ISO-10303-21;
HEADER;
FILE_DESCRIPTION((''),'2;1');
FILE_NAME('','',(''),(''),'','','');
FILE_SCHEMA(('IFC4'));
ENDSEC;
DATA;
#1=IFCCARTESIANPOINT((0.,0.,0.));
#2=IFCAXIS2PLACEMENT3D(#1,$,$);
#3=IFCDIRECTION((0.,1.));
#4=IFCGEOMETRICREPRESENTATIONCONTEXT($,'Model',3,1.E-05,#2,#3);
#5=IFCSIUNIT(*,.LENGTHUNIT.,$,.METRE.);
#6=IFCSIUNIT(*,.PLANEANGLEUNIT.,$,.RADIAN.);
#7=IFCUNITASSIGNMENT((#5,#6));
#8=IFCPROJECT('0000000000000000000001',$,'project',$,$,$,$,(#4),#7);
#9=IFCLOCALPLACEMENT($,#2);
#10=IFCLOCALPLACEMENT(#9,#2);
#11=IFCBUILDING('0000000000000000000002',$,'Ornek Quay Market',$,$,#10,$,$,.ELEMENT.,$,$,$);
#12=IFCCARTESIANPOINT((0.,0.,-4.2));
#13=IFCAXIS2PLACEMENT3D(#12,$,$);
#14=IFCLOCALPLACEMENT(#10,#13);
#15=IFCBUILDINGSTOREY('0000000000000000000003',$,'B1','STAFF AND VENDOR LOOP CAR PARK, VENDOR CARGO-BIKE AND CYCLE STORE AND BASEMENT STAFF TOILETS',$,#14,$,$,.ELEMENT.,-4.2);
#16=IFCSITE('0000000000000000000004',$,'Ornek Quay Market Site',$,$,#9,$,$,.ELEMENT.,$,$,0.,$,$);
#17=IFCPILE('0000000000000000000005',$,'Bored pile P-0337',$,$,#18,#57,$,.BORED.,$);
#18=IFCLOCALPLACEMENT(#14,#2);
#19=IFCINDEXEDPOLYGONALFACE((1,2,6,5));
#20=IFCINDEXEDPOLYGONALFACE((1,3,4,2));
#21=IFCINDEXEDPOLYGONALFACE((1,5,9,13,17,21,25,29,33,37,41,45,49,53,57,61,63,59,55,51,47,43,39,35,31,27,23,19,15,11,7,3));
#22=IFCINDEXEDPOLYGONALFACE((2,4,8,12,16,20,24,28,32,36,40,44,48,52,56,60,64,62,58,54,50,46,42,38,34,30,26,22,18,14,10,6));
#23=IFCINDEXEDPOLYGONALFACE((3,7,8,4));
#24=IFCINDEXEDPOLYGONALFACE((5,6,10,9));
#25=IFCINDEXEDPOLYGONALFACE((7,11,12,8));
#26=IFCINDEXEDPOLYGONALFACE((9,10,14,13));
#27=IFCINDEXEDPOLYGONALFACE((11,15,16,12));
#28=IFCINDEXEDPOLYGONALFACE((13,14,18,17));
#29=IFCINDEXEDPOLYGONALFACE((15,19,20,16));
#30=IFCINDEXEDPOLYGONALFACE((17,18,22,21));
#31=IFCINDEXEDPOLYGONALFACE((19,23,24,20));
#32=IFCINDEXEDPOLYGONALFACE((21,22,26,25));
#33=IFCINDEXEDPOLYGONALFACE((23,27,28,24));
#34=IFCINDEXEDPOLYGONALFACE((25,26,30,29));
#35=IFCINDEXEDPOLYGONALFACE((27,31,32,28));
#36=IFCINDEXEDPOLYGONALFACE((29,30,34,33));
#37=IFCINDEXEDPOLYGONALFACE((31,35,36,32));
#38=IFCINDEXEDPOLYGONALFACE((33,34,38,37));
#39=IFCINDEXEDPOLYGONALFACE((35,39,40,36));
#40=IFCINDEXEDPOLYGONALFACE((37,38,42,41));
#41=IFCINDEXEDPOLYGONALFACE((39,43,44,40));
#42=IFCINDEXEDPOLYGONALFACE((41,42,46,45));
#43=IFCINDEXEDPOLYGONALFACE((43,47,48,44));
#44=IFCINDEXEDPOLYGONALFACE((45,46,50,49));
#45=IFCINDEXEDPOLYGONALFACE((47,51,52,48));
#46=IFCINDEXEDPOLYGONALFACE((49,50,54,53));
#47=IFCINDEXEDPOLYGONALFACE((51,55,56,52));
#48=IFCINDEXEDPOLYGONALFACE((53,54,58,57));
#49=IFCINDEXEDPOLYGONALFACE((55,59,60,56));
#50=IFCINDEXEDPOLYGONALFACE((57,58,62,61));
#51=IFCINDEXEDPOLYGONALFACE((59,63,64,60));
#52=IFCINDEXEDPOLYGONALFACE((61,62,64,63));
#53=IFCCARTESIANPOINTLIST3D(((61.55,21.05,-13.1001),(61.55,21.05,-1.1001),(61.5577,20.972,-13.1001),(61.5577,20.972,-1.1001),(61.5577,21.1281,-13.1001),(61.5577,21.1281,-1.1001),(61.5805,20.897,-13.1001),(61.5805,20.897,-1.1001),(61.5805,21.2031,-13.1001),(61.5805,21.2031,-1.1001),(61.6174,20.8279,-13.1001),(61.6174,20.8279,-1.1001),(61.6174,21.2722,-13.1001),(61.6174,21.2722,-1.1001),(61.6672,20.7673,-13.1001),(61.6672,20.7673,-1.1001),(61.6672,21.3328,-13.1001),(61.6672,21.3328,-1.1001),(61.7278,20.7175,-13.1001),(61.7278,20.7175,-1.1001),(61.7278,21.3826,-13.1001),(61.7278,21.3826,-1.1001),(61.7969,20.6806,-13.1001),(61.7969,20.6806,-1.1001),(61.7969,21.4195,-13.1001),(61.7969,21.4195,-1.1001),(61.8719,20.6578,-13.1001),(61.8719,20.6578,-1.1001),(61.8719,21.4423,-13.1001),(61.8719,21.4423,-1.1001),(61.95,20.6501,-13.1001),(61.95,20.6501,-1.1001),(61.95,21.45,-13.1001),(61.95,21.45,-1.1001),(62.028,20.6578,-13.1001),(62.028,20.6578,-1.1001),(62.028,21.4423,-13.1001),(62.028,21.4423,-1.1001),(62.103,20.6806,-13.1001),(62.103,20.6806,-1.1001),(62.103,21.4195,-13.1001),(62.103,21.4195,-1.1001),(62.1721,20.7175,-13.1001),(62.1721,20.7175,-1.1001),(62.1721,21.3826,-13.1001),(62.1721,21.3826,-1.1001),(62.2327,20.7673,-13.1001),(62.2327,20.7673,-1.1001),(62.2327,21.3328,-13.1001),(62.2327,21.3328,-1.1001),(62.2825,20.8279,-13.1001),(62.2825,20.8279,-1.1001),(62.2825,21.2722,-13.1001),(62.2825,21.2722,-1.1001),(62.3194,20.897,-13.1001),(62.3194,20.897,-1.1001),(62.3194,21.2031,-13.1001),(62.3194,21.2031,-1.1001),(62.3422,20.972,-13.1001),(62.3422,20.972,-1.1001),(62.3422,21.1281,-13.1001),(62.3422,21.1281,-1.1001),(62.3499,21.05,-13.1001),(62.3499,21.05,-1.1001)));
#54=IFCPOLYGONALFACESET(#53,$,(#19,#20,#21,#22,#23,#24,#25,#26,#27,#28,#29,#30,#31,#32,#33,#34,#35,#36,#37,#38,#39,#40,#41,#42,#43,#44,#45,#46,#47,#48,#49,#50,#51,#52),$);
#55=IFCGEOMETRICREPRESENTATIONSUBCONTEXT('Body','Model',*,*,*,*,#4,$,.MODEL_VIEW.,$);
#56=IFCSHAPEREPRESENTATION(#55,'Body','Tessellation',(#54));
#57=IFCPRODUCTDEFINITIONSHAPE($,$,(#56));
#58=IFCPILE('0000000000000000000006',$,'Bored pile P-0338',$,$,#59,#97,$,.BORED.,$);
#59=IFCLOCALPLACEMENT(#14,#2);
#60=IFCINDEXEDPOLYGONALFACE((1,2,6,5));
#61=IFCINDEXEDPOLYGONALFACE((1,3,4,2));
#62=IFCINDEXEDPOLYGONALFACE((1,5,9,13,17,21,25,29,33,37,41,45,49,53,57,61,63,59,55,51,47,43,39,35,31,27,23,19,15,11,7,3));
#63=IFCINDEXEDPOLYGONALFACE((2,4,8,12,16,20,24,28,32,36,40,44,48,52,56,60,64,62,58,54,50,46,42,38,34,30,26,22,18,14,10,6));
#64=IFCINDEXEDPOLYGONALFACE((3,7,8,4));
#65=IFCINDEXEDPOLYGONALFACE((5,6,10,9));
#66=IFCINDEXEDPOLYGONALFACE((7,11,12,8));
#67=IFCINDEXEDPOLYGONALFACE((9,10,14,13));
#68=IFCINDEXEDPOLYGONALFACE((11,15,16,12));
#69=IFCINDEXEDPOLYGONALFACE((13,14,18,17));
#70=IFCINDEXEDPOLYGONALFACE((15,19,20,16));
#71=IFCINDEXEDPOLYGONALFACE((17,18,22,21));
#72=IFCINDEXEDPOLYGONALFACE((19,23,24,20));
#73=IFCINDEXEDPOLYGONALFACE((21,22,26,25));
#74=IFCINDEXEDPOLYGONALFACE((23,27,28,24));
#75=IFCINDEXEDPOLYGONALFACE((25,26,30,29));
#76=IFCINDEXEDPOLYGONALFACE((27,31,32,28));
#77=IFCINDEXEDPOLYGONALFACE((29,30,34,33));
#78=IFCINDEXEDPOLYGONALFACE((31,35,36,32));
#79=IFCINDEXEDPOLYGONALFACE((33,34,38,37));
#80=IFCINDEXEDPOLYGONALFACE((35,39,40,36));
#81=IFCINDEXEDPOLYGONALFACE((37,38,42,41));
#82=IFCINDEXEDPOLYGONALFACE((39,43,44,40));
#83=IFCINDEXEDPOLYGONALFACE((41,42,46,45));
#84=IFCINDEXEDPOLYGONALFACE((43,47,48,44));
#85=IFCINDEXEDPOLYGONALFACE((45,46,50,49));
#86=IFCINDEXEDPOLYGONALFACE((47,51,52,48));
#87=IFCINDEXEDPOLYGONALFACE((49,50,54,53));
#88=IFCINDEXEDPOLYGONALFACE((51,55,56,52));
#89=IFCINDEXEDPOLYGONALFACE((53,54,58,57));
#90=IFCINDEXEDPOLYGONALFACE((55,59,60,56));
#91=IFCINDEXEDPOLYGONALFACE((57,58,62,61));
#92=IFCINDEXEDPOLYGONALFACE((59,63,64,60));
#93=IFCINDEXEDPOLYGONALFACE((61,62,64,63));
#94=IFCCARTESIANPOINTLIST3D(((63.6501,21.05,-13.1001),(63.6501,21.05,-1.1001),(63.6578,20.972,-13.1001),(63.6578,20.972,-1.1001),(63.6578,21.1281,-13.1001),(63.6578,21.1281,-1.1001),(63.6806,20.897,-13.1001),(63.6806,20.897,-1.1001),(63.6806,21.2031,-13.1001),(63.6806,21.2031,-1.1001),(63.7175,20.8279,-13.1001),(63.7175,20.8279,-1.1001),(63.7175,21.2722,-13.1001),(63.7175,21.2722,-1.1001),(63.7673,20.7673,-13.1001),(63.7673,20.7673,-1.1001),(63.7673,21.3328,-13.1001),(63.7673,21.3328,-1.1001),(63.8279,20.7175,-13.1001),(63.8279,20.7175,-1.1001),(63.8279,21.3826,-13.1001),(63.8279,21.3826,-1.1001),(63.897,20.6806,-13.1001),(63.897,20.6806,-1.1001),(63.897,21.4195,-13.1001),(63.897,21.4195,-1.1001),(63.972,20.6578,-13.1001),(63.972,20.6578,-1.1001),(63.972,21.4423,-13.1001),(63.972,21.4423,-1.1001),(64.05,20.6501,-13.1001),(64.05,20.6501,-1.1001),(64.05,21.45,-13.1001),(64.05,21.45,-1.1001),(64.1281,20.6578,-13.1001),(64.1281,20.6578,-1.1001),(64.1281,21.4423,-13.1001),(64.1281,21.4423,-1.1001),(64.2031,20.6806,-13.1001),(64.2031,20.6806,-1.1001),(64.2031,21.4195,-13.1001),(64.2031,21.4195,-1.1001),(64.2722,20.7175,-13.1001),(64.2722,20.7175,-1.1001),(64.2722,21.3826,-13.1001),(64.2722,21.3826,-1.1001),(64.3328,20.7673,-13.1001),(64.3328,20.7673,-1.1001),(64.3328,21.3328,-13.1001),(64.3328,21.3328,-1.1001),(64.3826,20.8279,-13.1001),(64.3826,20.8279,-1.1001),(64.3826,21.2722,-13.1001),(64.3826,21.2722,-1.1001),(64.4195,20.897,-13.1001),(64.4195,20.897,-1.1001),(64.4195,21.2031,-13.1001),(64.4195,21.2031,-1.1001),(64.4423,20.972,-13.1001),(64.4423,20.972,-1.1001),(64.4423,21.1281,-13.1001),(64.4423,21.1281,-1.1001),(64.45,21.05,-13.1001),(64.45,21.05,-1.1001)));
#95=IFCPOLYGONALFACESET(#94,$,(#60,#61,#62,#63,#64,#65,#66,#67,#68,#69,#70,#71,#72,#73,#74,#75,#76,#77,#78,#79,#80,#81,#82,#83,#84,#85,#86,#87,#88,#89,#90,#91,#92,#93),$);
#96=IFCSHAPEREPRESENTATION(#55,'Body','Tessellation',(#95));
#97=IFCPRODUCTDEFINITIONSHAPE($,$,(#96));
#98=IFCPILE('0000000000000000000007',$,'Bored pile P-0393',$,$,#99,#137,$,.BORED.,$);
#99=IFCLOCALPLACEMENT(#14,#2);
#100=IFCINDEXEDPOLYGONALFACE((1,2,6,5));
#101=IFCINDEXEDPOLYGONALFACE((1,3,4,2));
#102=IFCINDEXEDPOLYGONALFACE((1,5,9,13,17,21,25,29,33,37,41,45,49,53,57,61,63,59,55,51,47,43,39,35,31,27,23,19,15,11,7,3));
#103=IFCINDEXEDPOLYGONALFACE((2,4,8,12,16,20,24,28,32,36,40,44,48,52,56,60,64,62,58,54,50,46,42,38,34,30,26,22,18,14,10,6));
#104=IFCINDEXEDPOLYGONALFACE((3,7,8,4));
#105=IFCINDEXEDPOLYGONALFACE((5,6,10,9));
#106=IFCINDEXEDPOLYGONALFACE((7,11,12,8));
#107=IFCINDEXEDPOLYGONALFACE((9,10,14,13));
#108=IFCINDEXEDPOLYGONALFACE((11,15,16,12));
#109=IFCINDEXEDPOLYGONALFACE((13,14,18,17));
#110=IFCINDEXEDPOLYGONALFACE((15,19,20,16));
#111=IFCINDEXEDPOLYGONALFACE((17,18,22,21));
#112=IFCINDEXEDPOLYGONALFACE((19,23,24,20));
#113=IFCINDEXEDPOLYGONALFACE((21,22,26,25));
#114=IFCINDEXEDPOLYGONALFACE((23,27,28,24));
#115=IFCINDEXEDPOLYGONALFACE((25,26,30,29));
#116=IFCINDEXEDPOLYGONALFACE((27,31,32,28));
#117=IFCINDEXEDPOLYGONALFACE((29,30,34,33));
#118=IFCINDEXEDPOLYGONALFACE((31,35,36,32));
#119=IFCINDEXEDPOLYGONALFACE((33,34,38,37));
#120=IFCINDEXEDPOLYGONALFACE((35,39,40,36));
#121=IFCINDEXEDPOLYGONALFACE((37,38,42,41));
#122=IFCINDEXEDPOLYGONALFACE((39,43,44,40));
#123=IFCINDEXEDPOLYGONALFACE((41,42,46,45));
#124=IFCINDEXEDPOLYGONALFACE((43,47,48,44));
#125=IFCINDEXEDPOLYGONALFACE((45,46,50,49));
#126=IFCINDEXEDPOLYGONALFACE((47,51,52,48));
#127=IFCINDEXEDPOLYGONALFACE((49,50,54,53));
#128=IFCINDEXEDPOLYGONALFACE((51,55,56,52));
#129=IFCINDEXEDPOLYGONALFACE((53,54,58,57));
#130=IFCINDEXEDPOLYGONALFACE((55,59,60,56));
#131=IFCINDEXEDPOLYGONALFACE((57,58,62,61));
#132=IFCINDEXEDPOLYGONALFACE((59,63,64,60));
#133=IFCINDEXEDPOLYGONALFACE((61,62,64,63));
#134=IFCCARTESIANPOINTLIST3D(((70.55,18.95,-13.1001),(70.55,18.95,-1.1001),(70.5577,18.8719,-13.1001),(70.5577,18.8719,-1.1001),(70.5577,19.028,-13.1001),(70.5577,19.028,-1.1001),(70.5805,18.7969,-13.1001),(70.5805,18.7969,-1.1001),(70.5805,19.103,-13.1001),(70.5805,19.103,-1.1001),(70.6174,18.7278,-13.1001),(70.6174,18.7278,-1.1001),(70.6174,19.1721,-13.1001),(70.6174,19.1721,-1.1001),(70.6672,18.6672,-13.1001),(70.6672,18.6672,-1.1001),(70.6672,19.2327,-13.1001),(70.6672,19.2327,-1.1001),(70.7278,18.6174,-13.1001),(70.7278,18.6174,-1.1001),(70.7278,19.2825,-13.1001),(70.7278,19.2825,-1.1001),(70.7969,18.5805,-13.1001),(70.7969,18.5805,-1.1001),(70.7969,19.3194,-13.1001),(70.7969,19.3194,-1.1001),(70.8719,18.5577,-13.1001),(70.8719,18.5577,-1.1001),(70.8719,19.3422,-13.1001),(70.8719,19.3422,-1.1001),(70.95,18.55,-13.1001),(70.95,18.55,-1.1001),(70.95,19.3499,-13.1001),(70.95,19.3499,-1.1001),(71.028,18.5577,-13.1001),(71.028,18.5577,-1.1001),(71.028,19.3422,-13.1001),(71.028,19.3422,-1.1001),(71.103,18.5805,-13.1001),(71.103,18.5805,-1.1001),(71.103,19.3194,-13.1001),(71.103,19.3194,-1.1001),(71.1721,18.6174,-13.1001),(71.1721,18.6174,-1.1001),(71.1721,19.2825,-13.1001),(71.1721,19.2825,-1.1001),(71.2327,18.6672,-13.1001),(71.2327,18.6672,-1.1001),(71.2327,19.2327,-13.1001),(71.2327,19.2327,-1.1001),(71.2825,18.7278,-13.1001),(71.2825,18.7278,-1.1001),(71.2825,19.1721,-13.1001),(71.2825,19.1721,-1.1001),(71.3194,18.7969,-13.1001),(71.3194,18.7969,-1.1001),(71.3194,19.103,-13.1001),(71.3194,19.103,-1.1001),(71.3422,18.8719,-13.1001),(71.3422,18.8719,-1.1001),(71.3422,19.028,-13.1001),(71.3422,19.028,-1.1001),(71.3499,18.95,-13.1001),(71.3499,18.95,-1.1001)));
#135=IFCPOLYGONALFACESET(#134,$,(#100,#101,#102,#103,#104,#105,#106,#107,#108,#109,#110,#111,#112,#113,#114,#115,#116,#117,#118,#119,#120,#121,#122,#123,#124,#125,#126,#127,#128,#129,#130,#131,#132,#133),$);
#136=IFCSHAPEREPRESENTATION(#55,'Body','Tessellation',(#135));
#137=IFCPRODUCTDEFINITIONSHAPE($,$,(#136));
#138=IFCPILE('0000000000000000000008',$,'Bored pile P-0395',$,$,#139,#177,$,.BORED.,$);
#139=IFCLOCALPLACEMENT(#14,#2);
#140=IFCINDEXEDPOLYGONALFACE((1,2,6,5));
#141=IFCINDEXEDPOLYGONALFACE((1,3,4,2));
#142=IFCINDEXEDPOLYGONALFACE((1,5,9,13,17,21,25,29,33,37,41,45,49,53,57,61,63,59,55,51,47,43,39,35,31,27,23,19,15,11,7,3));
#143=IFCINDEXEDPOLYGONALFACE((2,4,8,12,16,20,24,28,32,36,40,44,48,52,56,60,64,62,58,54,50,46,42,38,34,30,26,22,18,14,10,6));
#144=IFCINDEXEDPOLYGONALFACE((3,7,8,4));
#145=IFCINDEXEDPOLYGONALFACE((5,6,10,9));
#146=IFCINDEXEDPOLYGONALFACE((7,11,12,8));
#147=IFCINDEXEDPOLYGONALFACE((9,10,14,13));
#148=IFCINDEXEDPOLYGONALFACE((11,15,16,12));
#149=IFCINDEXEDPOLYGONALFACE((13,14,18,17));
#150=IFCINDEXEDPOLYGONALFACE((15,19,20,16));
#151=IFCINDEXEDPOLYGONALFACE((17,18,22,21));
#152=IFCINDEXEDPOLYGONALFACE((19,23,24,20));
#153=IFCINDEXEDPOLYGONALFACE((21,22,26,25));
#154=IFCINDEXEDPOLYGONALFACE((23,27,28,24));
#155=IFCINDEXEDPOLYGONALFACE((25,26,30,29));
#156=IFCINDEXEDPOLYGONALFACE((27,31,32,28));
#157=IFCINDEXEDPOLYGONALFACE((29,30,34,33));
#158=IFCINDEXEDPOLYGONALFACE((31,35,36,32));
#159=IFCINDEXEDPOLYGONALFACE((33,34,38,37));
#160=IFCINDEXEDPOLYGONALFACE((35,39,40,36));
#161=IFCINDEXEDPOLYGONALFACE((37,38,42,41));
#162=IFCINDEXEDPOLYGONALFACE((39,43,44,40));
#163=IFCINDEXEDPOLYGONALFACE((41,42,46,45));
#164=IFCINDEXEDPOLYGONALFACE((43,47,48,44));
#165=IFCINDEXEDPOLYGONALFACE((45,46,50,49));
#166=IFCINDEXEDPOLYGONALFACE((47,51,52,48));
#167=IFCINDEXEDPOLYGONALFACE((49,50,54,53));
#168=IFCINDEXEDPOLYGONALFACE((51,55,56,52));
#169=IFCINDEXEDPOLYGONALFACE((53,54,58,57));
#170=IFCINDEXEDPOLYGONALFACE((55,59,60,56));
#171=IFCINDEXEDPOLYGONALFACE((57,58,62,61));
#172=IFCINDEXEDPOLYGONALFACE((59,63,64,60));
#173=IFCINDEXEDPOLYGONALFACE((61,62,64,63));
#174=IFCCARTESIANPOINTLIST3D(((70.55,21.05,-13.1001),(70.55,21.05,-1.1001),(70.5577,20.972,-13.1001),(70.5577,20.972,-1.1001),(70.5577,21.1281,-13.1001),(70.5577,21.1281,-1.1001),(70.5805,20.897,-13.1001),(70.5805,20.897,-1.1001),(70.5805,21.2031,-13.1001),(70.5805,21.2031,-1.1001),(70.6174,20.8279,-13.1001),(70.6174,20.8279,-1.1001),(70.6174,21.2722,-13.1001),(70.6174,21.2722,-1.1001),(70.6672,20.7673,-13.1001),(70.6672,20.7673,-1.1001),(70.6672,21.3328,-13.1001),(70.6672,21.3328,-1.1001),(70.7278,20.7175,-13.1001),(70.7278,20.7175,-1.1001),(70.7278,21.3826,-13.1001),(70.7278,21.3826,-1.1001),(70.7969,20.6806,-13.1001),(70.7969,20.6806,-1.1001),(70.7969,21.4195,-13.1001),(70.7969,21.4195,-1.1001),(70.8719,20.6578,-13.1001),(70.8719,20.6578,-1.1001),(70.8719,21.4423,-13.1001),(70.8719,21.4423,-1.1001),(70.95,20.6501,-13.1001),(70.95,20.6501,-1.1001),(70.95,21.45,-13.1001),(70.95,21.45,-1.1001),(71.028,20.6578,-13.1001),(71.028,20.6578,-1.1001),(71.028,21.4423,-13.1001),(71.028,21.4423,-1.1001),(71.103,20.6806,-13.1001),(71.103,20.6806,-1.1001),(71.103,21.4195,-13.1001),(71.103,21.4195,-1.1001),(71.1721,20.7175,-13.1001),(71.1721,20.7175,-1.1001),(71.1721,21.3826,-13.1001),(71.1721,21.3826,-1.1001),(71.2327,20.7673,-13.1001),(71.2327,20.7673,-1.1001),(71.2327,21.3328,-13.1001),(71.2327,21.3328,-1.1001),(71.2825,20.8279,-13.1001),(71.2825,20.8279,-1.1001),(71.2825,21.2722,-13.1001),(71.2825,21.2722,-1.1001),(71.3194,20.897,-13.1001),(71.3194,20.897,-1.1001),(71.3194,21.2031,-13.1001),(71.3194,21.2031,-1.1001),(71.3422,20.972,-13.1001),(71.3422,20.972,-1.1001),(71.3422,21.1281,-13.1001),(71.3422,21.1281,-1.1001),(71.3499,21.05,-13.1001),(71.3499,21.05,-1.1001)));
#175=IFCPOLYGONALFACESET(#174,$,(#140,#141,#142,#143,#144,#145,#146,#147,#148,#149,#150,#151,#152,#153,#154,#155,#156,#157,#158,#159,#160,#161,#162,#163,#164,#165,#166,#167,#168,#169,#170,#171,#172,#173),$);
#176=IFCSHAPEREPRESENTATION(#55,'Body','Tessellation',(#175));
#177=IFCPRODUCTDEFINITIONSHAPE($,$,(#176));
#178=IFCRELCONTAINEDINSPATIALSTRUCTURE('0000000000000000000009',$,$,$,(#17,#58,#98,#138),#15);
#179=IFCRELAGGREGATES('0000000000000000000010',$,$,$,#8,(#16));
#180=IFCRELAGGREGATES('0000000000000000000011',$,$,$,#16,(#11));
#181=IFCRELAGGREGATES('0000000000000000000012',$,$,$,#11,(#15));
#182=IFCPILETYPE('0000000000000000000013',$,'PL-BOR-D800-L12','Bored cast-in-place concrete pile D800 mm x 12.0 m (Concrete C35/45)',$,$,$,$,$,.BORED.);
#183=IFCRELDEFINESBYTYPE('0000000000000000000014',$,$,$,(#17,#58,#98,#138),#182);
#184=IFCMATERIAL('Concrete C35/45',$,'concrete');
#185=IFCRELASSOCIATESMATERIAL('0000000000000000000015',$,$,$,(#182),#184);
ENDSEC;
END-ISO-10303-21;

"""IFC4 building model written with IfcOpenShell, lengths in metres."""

from ifc_helpers import new_model, si_unit, direction, frame, origin, origin_2d, place, context, subcontext, project, spatial, circle, extrude, material, material_profile, profile_set, type_object, element, save


model = new_model("IFC4")

# Units and contexts
model_context = context("Model", 3, precision=1e-05, world=origin(), true_north=direction((0.0, 1.0)))
body_context = subcontext(model_context, "Body", "Model", "MODEL_VIEW")
ifc_project = project(units=[si_unit("LENGTHUNIT", "METRE"), si_unit("PLANEANGLEUNIT", "RADIAN")], contexts=[model_context])

# Site, building, storey
site_placement = place(None, origin())
site = spatial("IfcSite", under=ifc_project, at=site_placement, Name="Ornek Quay Market Site", CompositionType="ELEMENT", RefElevation=0.0)
building_placement = place(site_placement, origin())
building = spatial("IfcBuilding", under=site, at=building_placement, Name="Ornek Quay Market", CompositionType="ELEMENT")
storey_placement = place(building_placement, frame((0.0, 0.0, -4.2)))
storey = spatial("IfcBuildingStorey", under=building, at=storey_placement, Name="B1", Description="STAFF AND VENDOR LOOP CAR PARK, VENDOR CARGO-BIKE AND CYCLE STORE AND BASEMENT STAFF TOILETS", CompositionType="ELEMENT", Elevation=-4.2)

# Piles
ifc_material_1 = material(Name="Concrete C35/45", Category="concrete")
ifc_material_profile_1 = material_profile(ifc_material_1, circle(Radius=0.3999, at=origin_2d()), Name="PILE D800", Category="concrete")
ifc_profile_set_1 = profile_set([ifc_material_profile_1], Name="Concrete C35/45")
pile_type_1 = type_object("IfcPileType", Name="PL-BOR-D800-L12", Description="Bored cast-in-place concrete pile D800 mm x 12.0 m (Concrete C35/45)", PredefinedType="BORED", material=ifc_profile_set_1)
for number, where, z_axis, x_axis, name in (
    (1, (61.95, 21.05, -1.1001), (0.0, 0.0, -1.0), (1.0, 0.0, 0.0), "Bored pile P-0337"),
    (2, (64.05, 21.05, -1.1001), (0.0, 0.0, -1.0), (1.0, 0.0, 0.0), "Bored pile P-0338"),
    (3, (70.95, 18.95, -1.1001), (0.0, 0.0, -1.0), (1.0, 0.0, 0.0), "Bored pile P-0393"),
    (4, (70.95, 21.05, -1.1001), (0.0, 0.0, -1.0), (1.0, 0.0, 0.0), "Bored pile P-0395"),
):
    element("IfcPile", number, at=place(storey_placement, frame(where, z_axis=z_axis, x_axis=x_axis)), inside=storey, type_object=pile_type_1, Name=name, PredefinedType="BORED", context=body_context, shape_type="SweptSolid", body=[
        extrude(circle(Radius=0.3999, at=origin_2d()), origin(), (0.0, 0.0, 1.0), 12.0),
    ])

save(model, "model.ifc")
